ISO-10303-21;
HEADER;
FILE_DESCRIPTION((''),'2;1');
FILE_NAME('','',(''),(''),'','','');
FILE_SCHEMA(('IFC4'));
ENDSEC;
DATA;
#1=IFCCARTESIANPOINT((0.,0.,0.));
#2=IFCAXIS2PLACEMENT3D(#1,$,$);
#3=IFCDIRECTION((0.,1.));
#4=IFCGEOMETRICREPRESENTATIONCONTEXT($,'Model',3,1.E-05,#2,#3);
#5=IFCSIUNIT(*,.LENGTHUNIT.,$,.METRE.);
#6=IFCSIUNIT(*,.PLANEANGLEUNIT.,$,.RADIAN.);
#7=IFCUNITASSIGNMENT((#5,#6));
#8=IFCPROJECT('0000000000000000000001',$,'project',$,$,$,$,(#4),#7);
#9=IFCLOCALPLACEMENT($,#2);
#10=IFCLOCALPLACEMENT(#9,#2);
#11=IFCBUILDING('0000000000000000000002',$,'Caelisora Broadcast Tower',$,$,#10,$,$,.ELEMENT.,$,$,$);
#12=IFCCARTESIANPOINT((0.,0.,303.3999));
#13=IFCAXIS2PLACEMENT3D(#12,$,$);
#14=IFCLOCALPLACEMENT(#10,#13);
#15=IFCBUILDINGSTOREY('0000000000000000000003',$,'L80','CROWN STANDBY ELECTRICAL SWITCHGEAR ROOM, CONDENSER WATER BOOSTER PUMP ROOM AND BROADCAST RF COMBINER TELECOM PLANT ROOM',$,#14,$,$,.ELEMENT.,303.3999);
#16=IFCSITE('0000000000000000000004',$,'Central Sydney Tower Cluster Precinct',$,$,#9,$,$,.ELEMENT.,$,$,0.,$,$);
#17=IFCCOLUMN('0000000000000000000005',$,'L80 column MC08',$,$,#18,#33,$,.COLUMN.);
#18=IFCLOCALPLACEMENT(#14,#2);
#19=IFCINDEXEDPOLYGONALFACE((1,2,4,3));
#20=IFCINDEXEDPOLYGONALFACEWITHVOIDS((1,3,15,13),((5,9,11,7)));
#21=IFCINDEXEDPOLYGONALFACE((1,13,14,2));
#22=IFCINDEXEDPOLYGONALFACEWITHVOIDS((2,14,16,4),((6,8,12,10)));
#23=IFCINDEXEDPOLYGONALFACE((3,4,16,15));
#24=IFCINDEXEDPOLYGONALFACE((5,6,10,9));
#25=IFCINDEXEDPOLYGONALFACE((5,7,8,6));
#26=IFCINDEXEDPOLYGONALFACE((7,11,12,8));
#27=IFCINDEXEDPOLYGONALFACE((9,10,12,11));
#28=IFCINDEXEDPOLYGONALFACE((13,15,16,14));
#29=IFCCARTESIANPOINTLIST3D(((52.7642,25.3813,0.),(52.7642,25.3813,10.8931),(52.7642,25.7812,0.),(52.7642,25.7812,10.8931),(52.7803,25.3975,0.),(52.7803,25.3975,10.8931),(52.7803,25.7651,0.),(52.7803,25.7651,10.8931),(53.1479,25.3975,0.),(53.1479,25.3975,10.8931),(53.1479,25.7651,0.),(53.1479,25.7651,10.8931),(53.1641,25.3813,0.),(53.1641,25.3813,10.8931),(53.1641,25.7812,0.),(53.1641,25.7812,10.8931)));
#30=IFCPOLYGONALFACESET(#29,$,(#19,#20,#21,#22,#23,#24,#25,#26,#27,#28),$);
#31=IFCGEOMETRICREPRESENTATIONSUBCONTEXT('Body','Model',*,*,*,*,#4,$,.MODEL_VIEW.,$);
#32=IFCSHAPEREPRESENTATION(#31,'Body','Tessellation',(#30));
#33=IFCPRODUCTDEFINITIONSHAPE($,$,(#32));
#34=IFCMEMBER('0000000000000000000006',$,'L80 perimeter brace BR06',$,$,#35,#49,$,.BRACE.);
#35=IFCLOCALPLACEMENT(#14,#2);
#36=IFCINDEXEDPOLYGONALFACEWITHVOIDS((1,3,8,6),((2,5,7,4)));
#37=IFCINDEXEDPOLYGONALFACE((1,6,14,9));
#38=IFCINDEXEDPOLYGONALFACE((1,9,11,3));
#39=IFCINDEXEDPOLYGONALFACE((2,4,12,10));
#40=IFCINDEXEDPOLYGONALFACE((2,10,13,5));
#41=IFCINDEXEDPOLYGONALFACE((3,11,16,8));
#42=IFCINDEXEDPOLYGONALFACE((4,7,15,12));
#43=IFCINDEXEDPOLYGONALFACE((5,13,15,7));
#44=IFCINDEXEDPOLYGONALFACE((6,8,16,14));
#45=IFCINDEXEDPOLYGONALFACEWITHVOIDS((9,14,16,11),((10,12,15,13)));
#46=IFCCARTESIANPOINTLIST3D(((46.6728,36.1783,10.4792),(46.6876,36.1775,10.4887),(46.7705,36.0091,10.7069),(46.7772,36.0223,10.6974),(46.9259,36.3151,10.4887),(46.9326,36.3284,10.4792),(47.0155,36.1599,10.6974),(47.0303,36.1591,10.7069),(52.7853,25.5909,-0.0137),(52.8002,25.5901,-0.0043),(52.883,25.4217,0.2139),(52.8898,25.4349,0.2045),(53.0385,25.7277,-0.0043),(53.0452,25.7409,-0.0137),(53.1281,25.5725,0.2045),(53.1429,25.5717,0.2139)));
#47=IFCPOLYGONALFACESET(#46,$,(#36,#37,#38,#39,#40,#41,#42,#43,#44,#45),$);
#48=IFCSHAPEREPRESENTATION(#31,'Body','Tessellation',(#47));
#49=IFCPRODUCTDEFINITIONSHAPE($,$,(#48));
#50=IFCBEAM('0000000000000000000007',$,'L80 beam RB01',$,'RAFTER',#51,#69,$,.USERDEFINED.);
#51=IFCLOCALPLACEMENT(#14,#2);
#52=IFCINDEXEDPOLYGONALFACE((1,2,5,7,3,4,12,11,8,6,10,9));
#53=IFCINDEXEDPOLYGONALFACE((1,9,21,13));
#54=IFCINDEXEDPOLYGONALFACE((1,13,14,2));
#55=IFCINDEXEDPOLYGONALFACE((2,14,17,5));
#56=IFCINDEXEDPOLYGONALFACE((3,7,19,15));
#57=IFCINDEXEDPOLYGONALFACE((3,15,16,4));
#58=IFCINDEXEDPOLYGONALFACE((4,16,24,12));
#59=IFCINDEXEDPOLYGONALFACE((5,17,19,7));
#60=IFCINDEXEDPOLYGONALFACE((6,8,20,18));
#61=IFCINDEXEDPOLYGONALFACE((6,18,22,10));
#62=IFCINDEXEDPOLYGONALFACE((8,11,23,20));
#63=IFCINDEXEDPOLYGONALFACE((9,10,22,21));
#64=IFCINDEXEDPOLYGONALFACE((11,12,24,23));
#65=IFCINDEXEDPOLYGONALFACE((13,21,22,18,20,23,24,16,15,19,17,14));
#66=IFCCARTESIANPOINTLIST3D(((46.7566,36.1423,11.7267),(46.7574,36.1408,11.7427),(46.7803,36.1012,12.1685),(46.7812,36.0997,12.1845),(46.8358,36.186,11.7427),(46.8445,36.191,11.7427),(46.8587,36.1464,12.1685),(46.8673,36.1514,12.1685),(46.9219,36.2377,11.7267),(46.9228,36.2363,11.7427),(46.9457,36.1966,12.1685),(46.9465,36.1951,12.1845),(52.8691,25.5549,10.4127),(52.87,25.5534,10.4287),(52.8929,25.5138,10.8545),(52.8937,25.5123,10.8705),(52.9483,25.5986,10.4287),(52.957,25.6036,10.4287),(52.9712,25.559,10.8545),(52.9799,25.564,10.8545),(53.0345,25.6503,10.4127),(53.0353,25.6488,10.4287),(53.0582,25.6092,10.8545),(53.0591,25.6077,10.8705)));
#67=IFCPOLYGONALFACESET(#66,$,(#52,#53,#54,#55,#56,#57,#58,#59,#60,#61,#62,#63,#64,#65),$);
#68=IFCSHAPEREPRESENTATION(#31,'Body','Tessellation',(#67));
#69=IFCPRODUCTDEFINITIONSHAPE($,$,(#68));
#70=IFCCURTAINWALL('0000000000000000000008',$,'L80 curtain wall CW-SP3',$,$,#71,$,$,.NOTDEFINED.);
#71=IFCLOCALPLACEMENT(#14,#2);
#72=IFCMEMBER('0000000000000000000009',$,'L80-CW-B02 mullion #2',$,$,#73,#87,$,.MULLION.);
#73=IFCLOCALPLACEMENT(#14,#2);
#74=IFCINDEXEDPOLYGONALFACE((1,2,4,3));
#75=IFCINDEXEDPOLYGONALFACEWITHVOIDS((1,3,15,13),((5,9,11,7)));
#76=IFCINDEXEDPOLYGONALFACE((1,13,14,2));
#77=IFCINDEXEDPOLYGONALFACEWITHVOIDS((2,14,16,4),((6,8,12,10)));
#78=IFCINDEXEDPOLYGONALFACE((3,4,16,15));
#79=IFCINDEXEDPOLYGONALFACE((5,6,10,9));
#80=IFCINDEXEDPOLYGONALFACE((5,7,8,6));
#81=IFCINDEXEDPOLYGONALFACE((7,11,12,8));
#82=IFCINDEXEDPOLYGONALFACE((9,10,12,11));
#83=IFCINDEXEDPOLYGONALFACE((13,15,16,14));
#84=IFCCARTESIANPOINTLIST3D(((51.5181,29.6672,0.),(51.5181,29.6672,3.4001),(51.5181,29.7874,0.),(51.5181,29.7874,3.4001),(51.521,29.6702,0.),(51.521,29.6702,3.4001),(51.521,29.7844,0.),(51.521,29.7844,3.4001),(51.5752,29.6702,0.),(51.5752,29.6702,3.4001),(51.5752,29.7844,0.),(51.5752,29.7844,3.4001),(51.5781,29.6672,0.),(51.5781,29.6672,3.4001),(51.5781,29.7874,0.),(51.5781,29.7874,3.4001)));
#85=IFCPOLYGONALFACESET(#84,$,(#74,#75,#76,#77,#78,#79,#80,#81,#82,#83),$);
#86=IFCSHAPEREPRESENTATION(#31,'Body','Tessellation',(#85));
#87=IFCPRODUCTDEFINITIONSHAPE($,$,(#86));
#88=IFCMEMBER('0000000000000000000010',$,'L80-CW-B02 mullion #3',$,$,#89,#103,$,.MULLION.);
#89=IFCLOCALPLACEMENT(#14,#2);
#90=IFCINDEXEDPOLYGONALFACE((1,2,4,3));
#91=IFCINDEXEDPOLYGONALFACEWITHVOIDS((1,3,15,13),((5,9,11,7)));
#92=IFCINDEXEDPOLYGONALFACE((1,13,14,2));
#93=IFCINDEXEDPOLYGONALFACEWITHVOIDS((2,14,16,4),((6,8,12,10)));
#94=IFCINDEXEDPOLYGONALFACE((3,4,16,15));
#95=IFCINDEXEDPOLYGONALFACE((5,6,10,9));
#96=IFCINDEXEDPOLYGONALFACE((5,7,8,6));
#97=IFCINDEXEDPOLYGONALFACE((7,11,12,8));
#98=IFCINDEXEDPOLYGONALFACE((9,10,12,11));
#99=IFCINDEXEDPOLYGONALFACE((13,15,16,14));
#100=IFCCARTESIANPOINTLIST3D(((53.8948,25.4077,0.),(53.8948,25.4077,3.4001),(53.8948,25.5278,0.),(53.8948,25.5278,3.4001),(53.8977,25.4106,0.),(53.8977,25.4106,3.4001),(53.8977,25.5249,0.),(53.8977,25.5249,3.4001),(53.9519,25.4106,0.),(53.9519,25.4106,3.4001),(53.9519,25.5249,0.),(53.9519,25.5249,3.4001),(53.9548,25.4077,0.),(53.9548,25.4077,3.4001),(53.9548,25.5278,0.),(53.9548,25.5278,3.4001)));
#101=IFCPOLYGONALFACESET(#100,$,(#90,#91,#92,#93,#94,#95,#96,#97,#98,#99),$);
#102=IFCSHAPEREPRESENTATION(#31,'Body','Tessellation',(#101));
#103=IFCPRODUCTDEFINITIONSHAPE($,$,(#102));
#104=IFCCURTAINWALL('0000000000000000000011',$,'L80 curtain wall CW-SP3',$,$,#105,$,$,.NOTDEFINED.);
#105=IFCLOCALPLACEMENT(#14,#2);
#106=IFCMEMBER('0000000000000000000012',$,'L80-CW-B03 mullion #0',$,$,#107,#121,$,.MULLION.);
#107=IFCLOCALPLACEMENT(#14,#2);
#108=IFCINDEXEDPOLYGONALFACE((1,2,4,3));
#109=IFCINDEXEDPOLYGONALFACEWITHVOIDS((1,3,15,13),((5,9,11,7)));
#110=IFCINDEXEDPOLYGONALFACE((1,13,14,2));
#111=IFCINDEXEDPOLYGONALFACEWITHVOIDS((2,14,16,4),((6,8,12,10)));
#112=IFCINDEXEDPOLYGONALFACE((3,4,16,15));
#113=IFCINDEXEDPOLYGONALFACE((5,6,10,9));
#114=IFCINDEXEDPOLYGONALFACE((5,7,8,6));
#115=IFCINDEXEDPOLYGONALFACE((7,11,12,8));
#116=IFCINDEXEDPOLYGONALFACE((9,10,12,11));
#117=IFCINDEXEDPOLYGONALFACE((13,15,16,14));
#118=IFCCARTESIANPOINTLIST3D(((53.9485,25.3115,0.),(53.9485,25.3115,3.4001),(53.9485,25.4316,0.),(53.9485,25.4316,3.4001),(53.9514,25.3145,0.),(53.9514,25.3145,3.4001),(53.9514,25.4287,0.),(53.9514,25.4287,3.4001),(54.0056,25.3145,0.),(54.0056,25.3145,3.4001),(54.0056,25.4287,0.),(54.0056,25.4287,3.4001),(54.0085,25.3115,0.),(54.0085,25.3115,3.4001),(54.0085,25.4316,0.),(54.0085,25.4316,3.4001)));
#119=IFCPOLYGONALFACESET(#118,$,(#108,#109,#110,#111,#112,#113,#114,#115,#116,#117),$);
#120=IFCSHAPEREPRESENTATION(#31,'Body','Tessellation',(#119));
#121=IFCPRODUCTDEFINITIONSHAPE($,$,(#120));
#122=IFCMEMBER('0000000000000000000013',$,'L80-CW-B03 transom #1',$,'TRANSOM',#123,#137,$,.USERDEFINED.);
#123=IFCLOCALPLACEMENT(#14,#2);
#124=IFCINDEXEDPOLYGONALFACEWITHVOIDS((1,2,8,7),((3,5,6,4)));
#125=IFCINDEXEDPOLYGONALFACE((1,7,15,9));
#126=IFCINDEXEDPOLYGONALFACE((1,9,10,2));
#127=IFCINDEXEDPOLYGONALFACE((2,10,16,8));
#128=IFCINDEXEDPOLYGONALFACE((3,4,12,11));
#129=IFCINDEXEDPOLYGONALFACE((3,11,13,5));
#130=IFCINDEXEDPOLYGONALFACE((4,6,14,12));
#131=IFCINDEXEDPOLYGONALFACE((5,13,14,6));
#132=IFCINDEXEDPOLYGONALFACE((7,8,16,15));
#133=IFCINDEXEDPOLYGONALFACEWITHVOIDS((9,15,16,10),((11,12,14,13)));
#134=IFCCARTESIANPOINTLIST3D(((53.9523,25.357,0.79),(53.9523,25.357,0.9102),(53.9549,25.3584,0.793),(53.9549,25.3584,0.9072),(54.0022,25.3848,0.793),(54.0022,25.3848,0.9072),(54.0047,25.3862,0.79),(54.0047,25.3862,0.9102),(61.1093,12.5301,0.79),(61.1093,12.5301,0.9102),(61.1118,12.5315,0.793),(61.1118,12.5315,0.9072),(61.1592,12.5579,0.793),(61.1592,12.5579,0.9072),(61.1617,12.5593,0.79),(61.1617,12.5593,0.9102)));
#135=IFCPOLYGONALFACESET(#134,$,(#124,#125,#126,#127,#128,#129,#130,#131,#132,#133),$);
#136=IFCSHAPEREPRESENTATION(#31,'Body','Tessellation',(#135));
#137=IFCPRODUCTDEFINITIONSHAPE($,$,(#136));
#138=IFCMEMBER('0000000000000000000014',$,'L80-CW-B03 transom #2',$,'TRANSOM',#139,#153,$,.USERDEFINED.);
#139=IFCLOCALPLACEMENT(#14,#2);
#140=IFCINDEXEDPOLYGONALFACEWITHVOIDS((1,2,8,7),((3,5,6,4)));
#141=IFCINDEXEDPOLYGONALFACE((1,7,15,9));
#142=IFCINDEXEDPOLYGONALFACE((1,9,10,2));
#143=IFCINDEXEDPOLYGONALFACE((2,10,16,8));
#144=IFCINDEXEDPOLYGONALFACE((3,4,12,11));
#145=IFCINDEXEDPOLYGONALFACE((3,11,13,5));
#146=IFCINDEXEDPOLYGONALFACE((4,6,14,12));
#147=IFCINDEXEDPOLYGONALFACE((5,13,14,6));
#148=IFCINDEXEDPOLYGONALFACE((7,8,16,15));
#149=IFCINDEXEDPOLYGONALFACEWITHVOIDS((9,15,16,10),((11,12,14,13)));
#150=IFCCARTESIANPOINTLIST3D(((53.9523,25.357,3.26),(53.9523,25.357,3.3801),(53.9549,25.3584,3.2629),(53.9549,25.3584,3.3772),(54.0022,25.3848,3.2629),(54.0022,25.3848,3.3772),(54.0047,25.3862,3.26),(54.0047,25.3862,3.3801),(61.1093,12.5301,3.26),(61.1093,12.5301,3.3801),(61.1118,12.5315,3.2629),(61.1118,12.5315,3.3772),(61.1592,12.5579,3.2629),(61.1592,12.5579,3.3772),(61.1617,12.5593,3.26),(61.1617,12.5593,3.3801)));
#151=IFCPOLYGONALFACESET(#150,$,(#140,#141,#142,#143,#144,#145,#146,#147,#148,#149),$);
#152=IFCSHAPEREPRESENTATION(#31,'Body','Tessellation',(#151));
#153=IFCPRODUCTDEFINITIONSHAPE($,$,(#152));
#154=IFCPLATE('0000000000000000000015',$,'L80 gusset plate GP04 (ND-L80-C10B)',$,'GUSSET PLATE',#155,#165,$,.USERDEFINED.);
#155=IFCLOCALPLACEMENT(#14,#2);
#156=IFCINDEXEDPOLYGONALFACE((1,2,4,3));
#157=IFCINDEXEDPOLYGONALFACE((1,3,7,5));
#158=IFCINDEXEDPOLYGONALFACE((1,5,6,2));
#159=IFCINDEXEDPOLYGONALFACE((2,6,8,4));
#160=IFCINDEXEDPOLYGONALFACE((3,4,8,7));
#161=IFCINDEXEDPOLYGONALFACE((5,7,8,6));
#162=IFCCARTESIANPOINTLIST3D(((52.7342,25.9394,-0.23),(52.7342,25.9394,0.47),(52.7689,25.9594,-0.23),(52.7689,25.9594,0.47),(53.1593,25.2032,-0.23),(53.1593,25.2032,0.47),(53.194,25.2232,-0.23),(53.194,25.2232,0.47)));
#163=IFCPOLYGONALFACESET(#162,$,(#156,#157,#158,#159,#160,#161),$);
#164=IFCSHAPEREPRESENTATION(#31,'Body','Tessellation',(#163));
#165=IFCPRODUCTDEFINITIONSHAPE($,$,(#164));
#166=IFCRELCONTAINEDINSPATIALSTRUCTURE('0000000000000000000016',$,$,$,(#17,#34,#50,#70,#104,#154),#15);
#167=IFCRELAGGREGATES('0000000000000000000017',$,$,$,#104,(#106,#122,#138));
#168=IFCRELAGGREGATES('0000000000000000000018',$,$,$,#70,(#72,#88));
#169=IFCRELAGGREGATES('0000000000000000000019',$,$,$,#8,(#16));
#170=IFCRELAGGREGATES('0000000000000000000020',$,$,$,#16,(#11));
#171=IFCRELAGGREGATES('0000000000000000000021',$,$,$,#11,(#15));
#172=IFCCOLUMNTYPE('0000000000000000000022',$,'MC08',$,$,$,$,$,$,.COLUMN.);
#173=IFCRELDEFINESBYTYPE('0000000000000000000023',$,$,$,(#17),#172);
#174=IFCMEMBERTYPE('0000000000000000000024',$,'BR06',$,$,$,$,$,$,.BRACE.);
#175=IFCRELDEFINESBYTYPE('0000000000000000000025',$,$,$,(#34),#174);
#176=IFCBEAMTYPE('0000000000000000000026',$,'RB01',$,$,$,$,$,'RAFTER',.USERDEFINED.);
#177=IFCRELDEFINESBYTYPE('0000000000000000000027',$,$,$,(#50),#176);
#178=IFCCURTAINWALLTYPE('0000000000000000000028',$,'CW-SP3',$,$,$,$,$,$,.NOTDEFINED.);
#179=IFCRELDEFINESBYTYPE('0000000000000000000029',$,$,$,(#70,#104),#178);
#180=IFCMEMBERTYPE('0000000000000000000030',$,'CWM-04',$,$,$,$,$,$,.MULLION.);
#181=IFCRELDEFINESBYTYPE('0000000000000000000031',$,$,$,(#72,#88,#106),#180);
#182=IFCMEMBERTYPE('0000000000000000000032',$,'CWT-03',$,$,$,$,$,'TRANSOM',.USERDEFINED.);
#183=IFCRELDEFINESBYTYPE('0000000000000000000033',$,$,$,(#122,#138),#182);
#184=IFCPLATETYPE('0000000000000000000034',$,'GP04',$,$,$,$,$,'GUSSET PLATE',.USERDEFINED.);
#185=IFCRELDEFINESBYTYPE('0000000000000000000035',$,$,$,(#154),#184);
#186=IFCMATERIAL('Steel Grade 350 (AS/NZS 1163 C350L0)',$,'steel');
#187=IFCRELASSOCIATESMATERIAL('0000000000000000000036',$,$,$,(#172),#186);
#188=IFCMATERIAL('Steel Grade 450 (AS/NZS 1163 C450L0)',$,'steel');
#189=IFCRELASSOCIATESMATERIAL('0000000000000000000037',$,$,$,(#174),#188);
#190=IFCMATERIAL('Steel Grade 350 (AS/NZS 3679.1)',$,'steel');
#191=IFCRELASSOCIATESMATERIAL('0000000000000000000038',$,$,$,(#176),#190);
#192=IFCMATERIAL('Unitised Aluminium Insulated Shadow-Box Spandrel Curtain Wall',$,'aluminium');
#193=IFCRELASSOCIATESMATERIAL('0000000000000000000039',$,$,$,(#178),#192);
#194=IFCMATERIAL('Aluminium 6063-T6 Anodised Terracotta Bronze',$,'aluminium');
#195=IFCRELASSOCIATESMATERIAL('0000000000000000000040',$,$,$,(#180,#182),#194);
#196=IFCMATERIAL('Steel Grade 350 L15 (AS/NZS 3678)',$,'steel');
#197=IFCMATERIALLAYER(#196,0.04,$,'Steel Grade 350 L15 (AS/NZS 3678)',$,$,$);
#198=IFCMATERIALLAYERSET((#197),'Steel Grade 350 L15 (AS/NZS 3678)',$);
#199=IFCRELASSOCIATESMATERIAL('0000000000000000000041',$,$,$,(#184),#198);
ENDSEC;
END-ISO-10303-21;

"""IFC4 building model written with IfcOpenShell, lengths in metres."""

from ifc_helpers import new_model, si_unit, direction, frame, origin, origin_2d, place, context, subcontext, project, spatial, rectangle, hollow_rectangle, i_section, extrude, source, transform, mapped, material, layer, layer_set, material_profile, profile_set, type_object, type_shapes, element, aggregate, save


model = new_model("IFC4")

# Units and contexts
model_context = context("Model", 3, precision=1e-05, world=origin(), true_north=direction((0.0, 1.0)))
body_context = subcontext(model_context, "Body", "Model", "MODEL_VIEW")
ifc_project = project(units=[si_unit("LENGTHUNIT", "METRE"), si_unit("PLANEANGLEUNIT", "RADIAN")], contexts=[model_context])

# Site, building, storey
site_placement = place(None, origin())
site = spatial("IfcSite", under=ifc_project, at=site_placement, Name="Central Sydney Tower Cluster Precinct", CompositionType="ELEMENT", RefElevation=0.0)
building_placement = place(site_placement, origin())
building = spatial("IfcBuilding", under=site, at=building_placement, Name="Caelisora Broadcast Tower", CompositionType="ELEMENT")
storey_placement = place(building_placement, frame((0.0, 0.0, 303.3999)))
storey = spatial("IfcBuildingStorey", under=building, at=storey_placement, Name="L80", Description="CROWN STANDBY ELECTRICAL SWITCHGEAR ROOM, CONDENSER WATER BOOSTER PUMP ROOM AND BROADCAST RF COMBINER TELECOM PLANT ROOM", CompositionType="ELEMENT", Elevation=303.3999)

# Column
ifc_material_1 = material(Name="Steel Grade 350 (AS/NZS 1163 C350L0)", Category="steel")
ifc_material_profile_1 = material_profile(ifc_material_1, hollow_rectangle(XDim=0.3999, YDim=0.3999, WallThickness=0.0161, at=origin_2d()), Name="Steel Grade 350 (AS/NZS 1163 C350L0)")
ifc_profile_set_1 = profile_set([ifc_material_profile_1], Name="Steel Grade 350 (AS/NZS 1163 C350L0)")
column_type = type_object("IfcColumnType", Name="MC08", PredefinedType="COLUMN", material=ifc_profile_set_1)
shared_shape_1 = source(origin(), body_context, "Body", "SweptSolid", [
    extrude(hollow_rectangle(XDim=0.3999, YDim=0.3999, WallThickness=0.0161, at=origin_2d()), origin(), (0.0, 0.0, 1.0), 10.8931),
])
type_shapes(column_type, [shared_shape_1])
column_placement = place(storey_placement, frame((52.9641, 25.5813, 0.0), z_axis=(0.0, 0.0, 1.0), x_axis=(1.0, 0.0, 0.0)))
element("IfcColumn", 1, at=column_placement, inside=storey, type_object=column_type, Name="L80 column MC08", PredefinedType="COLUMN", context=body_context, shape_type="MappedRepresentation", body=[
    mapped(shared_shape_1, transform((0.0, 0.0, 0.0), scale=1.0)),
])

# Member
ifc_material_2 = material(Name="Steel Grade 450 (AS/NZS 1163 C450L0)", Category="steel")
ifc_material_profile_2 = material_profile(ifc_material_2, hollow_rectangle(XDim=0.3, YDim=0.3, WallThickness=0.0125, at=origin_2d()), Name="Steel Grade 450 (AS/NZS 1163 C450L0)")
ifc_profile_set_2 = profile_set([ifc_material_profile_2], Name="Steel Grade 450 (AS/NZS 1163 C450L0)")
member_type_1 = type_object("IfcMemberType", Name="BR06", PredefinedType="BRACE", material=ifc_profile_set_2)
shared_shape_2 = source(origin(), body_context, "Body", "SweptSolid", [
    extrude(hollow_rectangle(XDim=0.3, YDim=0.3, WallThickness=0.0125, at=origin_2d()), origin(), (0.0, 0.0, 1.0), 16.1108),
])
type_shapes(member_type_1, [shared_shape_2])
member_1_placement = place(storey_placement, frame((52.9641, 25.5813, 0.1001), z_axis=(-0.379407, 0.657162, 0.651297), x_axis=(-0.866029, -0.499994, 0.0)))
element("IfcMember", 2, at=member_1_placement, inside=storey, type_object=member_type_1, Name="L80 perimeter brace BR06", PredefinedType="BRACE", context=body_context, shape_type="MappedRepresentation", body=[
    mapped(shared_shape_2, transform((0.0, 0.0, 0.0), scale=1.0)),
])

# Beam
ifc_material_3 = material(Name="Steel Grade 350 (AS/NZS 3679.1)", Category="steel")
ifc_material_profile_3 = material_profile(ifc_material_3, i_section(OverallWidth=0.1909, OverallDepth=0.4604, WebThickness=0.01, FlangeThickness=0.0161, at=origin_2d()), Name="Steel Grade 350 (AS/NZS 3679.1)")
ifc_profile_set_3 = profile_set([ifc_material_profile_3], Name="Steel Grade 350 (AS/NZS 3679.1)")
beam_type = type_object("IfcBeamType", Name="RB01", ElementType="RAFTER", PredefinedType="USERDEFINED", material=ifc_profile_set_3)
shared_shape_3 = source(origin(), body_context, "Body", "SweptSolid", [
    extrude(i_section(OverallWidth=0.1909, OverallDepth=0.4604, WebThickness=0.01, FlangeThickness=0.0161, at=origin_2d()), origin(), (0.0, 0.0, 1.0), 12.2957),
])
type_shapes(beam_type, [shared_shape_3])
beam_placement = place(storey_placement, frame((52.9641, 25.5813, 10.6416), z_axis=(-0.497131, 0.861069, 0.106864), x_axis=(-0.866029, -0.499994, 0.0)))
element("IfcBeam", 3, at=beam_placement, inside=storey, type_object=beam_type, Name="L80 beam RB01", ObjectType="RAFTER", PredefinedType="USERDEFINED", context=body_context, shape_type="MappedRepresentation", body=[
    mapped(shared_shape_3, transform((0.0, 0.0, 0.0), scale=1.0)),
])

# Curtain walls, members
ifc_material_4 = material(Name="Unitised Aluminium Insulated Shadow-Box Spandrel Curtain Wall", Category="aluminium")
curtain_wall_type = type_object("IfcCurtainWallType", Name="CW-SP3", PredefinedType="NOTDEFINED", material=ifc_material_4)
curtain_wall_1_placement = place(storey_placement, origin())
curtain_wall_1 = element("IfcCurtainWall", 4, at=curtain_wall_1_placement, inside=storey, type_object=curtain_wall_type, Name="L80 curtain wall CW-SP3", PredefinedType="NOTDEFINED")
ifc_material_5 = material(Name="Aluminium 6063-T6 Anodised Terracotta Bronze", Category="aluminium")
ifc_material_profile_4 = material_profile(ifc_material_5, hollow_rectangle(XDim=0.0601, YDim=0.1201, WallThickness=0.0029, at=origin_2d()), Name="Aluminium 6063-T6 Anodised Terracotta Bronze")
ifc_profile_set_4 = profile_set([ifc_material_profile_4], Name="Aluminium 6063-T6 Anodised Terracotta Bronze")
member_type_2 = type_object("IfcMemberType", Name="CWM-04", PredefinedType="MULLION", material=ifc_profile_set_4)
shared_shape_4 = source(origin(), body_context, "Body", "SweptSolid", [
    extrude(hollow_rectangle(XDim=0.0601, YDim=0.1201, WallThickness=0.0029, at=origin_2d()), origin(), (0.0, 0.0, 1.0), 3.4001),
])
type_shapes(member_type_2, [shared_shape_4])
member_2_placement = place(storey_placement, frame((51.5481, 29.7273, 0.0), z_axis=(0.0, 0.0, 1.0), x_axis=(1.0, 0.0, 0.0)))
member_2 = element("IfcMember", 5, at=member_2_placement, type_object=member_type_2, Name="L80-CW-B02 mullion #2", PredefinedType="MULLION", context=body_context, shape_type="MappedRepresentation", body=[
    mapped(shared_shape_4, transform((0.0, 0.0, 0.0), scale=1.0)),
])
member_3_placement = place(storey_placement, frame((53.9248, 25.4678, 0.0), z_axis=(0.0, 0.0, 1.0), x_axis=(1.0, 0.0, 0.0)))
member_3 = element("IfcMember", 6, at=member_3_placement, type_object=member_type_2, Name="L80-CW-B02 mullion #3", PredefinedType="MULLION", context=body_context, shape_type="MappedRepresentation", body=[
    mapped(shared_shape_4, transform((0.0, 0.0, 0.0), scale=1.0)),
])
curtain_wall_2_placement = place(storey_placement, origin())
curtain_wall_2 = element("IfcCurtainWall", 7, at=curtain_wall_2_placement, inside=storey, type_object=curtain_wall_type, Name="L80 curtain wall CW-SP3", PredefinedType="NOTDEFINED")
member_4_placement = place(storey_placement, frame((53.9785, 25.3716, 0.0), z_axis=(0.0, 0.0, 1.0), x_axis=(1.0, 0.0, 0.0)))
member_4 = element("IfcMember", 8, at=member_4_placement, type_object=member_type_2, Name="L80-CW-B03 mullion #0", PredefinedType="MULLION", context=body_context, shape_type="MappedRepresentation", body=[
    mapped(shared_shape_4, transform((0.0, 0.0, 0.0), scale=1.0)),
])
ifc_material_profile_5 = material_profile(ifc_material_5, hollow_rectangle(XDim=0.0601, YDim=0.1201, WallThickness=0.0029, at=origin_2d()), Name="Aluminium 6063-T6 Anodised Terracotta Bronze")
ifc_profile_set_5 = profile_set([ifc_material_profile_5], Name="Aluminium 6063-T6 Anodised Terracotta Bronze")
member_type_3 = type_object("IfcMemberType", Name="CWT-03", ElementType="TRANSOM", PredefinedType="USERDEFINED", material=ifc_profile_set_5)
shared_shape_5 = source(origin(), body_context, "Body", "SweptSolid", [
    extrude(hollow_rectangle(XDim=0.0601, YDim=0.1201, WallThickness=0.0029, at=origin_2d()), origin(), (0.0, 0.0, 1.0), 14.6885),
])
type_shapes(member_type_3, [shared_shape_5])
member_5_placement = place(storey_placement, frame((53.9785, 25.3716, 0.8501), z_axis=(0.487251, -0.873262, 0.0), x_axis=(0.873262, 0.487251, 0.0)))
member_5 = element("IfcMember", 9, at=member_5_placement, type_object=member_type_3, Name="L80-CW-B03 transom #1", ObjectType="TRANSOM", PredefinedType="USERDEFINED", context=body_context, shape_type="MappedRepresentation", body=[
    mapped(shared_shape_5, transform((0.0, 0.0, 0.0), scale=1.0)),
])
member_6_placement = place(storey_placement, frame((53.9785, 25.3716, 3.3201), z_axis=(0.487251, -0.873262, 0.0), x_axis=(0.873262, 0.487251, 0.0)))
member_6 = element("IfcMember", 10, at=member_6_placement, type_object=member_type_3, Name="L80-CW-B03 transom #2", ObjectType="TRANSOM", PredefinedType="USERDEFINED", context=body_context, shape_type="MappedRepresentation", body=[
    mapped(shared_shape_5, transform((0.0, 0.0, 0.0), scale=1.0)),
])

# Plate
ifc_material_6 = material(Name="Steel Grade 350 L15 (AS/NZS 3678)", Category="steel")
ifc_layer_1 = layer(ifc_material_6, 0.04, Name="Steel Grade 350 L15 (AS/NZS 3678)")
ifc_layer_set_1 = layer_set([ifc_layer_1], Name="Steel Grade 350 L15 (AS/NZS 3678)")
plate_type_1 = type_object("IfcPlateType", Name="GP04", ElementType="GUSSET PLATE", PredefinedType="USERDEFINED", material=ifc_layer_set_1)
shared_shape_6 = source(origin(), body_context, "Body", "SweptSolid", [
    extrude(rectangle(XDim=0.8501, YDim=0.04, at=origin_2d()), origin(), (0.0, 0.0, 1.0), 0.7),
])
type_shapes(plate_type_1, [shared_shape_6])
plate_1_placement = place(storey_placement, frame((52.9641, 25.5813, -0.23), z_axis=(0.0, 0.0, 1.0), x_axis=(-0.5, 0.866025, 0.0)))
element("IfcPlate", 11, at=plate_1_placement, inside=storey, type_object=plate_type_1, Name="L80 gusset plate GP04 (ND-L80-C10B)", ObjectType="GUSSET PLATE", PredefinedType="USERDEFINED", context=body_context, shape_type="MappedRepresentation", body=[
    mapped(shared_shape_6, transform((0.0, 0.0, 0.0), scale=1.0)),
])
aggregate(curtain_wall_2, [member_4, member_5, member_6])
aggregate(curtain_wall_1, [member_2, member_3])

save(model, "model.ifc")
